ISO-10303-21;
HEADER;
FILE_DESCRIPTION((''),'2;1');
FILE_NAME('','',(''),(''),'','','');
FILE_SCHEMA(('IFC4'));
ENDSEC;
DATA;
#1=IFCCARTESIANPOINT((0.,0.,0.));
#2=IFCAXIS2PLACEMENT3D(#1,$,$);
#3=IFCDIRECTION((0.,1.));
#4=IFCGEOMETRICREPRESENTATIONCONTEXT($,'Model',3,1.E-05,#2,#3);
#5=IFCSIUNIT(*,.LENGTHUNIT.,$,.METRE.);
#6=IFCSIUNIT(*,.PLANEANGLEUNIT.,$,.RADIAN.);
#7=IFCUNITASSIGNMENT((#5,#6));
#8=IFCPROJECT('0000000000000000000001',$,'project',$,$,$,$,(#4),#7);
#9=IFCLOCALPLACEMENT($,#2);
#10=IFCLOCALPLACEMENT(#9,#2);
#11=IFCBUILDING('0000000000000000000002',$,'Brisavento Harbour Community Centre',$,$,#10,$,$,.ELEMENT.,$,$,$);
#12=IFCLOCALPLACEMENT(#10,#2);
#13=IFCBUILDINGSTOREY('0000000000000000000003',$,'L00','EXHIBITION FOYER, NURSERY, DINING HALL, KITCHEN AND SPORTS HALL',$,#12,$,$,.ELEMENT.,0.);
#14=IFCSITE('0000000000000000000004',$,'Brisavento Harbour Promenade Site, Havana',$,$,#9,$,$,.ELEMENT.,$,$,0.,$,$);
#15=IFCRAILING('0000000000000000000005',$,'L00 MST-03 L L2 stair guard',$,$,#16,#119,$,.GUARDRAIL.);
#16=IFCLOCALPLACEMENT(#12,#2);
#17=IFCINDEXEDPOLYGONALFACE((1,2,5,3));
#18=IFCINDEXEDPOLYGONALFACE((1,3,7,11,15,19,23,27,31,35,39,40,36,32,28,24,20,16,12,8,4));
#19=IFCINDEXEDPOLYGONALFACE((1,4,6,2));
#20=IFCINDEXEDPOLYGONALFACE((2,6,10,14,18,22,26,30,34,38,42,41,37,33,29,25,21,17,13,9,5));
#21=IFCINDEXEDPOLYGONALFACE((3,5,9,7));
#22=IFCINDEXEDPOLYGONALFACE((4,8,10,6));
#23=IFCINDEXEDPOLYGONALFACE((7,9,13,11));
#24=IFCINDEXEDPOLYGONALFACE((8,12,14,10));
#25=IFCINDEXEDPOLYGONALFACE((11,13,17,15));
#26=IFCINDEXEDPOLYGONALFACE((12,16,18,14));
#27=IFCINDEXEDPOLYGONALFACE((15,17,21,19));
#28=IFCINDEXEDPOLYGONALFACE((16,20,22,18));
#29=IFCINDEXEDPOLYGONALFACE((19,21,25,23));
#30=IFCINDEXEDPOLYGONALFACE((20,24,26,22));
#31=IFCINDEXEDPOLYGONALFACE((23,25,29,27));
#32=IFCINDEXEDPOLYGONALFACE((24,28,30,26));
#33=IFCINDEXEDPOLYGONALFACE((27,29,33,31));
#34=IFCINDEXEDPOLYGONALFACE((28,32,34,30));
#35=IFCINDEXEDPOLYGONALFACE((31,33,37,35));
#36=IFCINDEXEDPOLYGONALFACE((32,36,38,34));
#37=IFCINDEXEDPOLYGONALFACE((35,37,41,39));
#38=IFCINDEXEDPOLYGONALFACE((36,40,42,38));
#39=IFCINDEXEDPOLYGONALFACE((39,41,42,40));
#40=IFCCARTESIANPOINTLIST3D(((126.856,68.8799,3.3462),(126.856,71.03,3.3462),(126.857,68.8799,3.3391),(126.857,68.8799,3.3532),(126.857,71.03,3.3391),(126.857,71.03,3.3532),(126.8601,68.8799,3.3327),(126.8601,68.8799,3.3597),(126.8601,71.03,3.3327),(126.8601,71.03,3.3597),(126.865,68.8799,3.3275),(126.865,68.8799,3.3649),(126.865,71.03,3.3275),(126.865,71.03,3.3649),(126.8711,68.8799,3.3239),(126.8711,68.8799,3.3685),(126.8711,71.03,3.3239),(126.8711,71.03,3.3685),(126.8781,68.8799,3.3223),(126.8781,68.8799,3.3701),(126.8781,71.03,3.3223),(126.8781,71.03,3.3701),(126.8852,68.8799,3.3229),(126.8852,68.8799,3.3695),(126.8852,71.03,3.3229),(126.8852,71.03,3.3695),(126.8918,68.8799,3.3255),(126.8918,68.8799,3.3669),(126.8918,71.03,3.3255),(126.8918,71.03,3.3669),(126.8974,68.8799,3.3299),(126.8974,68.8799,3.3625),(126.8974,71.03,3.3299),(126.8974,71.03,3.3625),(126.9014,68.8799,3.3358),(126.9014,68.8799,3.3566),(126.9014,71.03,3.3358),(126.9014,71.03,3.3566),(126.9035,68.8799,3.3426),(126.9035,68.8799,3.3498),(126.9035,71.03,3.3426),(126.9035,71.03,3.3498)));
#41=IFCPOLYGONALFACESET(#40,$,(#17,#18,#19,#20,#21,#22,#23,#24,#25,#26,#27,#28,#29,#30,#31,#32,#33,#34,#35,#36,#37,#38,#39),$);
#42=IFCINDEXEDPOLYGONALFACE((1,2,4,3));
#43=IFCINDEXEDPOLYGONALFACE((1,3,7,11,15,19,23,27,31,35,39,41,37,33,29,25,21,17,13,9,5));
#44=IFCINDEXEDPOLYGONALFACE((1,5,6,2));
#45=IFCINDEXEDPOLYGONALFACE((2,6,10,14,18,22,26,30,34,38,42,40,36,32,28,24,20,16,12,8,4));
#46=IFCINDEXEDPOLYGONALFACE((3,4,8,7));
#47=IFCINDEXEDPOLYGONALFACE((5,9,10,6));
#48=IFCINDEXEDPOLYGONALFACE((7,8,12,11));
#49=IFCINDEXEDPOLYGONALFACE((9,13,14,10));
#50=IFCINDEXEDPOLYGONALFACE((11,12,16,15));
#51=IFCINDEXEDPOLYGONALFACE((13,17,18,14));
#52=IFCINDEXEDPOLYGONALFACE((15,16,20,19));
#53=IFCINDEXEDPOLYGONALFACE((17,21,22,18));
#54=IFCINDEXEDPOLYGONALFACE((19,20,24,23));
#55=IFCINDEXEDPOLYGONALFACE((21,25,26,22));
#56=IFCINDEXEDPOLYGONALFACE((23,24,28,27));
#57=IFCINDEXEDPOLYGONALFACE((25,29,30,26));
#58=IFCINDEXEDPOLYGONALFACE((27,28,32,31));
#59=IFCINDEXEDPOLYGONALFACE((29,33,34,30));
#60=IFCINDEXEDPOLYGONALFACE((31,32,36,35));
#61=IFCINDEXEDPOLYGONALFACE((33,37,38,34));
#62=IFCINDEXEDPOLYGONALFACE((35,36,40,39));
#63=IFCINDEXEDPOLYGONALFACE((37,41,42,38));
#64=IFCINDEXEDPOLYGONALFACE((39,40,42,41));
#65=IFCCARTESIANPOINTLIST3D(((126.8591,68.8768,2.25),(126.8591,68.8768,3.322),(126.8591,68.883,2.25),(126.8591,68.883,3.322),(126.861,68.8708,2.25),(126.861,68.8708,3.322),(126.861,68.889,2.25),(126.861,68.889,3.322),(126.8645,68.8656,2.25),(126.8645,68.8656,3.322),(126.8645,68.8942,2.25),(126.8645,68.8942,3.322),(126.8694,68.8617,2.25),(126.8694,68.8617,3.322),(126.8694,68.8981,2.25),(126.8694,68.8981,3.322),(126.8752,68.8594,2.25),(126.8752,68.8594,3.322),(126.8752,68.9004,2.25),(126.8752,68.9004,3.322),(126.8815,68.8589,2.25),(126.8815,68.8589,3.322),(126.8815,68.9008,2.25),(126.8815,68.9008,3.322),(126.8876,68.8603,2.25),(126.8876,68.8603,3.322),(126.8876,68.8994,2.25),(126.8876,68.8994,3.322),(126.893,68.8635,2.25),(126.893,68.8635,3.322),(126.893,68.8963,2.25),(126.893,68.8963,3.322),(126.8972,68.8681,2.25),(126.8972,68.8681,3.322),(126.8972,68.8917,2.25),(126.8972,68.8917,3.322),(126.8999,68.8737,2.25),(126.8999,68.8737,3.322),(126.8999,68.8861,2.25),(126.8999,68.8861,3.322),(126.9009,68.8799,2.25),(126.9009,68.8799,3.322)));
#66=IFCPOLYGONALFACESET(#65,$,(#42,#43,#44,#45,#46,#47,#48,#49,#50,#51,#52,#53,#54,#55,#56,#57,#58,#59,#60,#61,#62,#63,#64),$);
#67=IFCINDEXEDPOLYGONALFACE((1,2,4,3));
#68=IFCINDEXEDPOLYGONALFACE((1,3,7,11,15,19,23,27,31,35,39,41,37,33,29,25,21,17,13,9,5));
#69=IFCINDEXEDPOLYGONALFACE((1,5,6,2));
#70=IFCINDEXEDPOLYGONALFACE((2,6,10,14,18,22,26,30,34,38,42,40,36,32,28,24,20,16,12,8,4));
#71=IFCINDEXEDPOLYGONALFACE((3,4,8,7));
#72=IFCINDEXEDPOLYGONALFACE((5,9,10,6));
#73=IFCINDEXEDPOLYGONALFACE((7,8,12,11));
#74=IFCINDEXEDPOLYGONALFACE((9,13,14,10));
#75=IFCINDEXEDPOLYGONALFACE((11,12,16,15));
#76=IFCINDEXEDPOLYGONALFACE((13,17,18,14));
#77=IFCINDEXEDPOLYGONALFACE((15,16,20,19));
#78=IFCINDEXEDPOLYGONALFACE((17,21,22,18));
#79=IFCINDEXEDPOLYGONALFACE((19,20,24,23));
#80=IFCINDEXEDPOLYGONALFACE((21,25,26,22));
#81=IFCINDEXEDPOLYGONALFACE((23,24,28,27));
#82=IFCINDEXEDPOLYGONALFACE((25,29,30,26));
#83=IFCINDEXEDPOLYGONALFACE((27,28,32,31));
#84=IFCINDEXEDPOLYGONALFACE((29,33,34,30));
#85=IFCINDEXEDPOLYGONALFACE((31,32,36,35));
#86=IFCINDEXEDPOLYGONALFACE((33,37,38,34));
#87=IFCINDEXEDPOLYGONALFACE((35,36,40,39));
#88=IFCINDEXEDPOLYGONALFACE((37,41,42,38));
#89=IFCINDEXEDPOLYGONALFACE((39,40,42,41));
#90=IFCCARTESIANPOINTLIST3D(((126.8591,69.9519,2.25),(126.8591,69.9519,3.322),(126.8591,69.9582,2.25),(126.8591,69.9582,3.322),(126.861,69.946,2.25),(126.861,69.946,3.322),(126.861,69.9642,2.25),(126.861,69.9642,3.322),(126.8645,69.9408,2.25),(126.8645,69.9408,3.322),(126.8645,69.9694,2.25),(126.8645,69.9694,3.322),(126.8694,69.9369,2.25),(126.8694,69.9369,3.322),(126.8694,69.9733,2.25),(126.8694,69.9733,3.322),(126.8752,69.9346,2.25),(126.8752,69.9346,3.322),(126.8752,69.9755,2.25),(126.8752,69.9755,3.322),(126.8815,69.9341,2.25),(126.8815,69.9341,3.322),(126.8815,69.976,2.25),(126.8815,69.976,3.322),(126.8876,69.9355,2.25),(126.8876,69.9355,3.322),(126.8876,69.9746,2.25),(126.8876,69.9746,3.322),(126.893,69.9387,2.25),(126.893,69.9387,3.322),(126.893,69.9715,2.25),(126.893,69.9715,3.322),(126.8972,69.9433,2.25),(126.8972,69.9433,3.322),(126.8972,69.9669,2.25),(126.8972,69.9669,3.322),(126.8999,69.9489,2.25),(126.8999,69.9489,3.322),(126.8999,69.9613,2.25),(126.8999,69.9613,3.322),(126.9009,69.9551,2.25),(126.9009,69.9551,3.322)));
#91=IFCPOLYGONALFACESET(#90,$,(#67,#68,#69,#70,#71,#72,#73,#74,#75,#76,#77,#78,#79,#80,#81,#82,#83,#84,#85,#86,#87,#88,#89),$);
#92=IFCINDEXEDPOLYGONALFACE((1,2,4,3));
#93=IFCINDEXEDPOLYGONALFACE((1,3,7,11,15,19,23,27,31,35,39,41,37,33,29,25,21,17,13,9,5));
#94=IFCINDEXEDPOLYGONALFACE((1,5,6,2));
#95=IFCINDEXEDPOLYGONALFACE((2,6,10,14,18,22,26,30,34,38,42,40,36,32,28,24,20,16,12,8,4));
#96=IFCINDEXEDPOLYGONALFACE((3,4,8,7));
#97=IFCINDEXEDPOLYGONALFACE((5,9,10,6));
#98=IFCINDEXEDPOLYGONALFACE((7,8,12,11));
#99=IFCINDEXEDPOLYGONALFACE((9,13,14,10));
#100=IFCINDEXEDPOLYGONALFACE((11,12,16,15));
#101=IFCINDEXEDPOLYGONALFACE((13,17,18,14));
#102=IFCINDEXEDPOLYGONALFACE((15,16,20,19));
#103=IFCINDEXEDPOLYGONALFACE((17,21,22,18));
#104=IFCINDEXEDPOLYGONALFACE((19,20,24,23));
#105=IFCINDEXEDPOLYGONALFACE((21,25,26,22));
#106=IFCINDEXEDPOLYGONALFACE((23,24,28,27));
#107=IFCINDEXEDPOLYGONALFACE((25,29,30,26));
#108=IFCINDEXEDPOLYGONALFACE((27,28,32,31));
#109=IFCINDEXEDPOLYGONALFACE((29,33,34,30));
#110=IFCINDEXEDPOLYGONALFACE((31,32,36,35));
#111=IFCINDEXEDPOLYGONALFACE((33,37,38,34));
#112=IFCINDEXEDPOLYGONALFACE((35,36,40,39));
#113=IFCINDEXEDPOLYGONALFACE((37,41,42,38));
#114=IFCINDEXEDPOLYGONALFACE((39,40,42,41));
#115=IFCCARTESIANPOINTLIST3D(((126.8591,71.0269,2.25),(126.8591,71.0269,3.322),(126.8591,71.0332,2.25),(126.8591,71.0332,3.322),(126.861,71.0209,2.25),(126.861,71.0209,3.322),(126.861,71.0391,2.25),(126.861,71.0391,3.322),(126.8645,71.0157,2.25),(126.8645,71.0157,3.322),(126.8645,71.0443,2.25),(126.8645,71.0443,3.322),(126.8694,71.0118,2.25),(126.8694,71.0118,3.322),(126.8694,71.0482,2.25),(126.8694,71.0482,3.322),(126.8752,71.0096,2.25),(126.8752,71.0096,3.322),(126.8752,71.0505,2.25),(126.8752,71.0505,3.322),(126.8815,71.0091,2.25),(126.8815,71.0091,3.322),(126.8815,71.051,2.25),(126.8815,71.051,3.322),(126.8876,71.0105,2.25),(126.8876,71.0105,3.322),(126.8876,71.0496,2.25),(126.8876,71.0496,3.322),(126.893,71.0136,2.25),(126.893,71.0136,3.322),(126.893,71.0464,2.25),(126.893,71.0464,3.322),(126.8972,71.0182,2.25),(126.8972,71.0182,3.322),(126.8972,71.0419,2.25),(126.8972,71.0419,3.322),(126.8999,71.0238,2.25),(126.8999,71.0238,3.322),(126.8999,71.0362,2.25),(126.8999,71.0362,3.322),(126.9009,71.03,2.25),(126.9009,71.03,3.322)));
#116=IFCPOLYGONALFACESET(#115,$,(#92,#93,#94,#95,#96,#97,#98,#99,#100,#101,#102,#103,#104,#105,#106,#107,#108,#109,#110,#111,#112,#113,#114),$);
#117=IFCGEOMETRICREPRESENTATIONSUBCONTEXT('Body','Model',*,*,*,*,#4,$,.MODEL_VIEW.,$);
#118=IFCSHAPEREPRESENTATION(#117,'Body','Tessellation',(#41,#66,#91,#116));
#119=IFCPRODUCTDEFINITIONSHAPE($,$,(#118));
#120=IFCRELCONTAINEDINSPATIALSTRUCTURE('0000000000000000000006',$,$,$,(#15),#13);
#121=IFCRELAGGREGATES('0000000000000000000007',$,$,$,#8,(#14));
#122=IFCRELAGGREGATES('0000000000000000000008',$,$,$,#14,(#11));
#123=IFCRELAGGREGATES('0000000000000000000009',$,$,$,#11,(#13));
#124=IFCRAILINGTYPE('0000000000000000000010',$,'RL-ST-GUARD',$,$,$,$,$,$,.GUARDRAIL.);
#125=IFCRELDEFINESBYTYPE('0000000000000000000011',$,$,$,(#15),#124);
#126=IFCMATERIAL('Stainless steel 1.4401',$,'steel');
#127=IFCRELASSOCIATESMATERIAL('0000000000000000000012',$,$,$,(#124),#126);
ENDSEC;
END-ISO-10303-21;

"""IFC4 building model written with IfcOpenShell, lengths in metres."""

from ifc_helpers import new_model, si_unit, direction, frame, origin, origin_2d, place, context, subcontext, project, spatial, circle, extrude, material, type_object, element, save


model = new_model("IFC4")

# Units and contexts
model_context = context("Model", 3, precision=1e-05, world=origin(), true_north=direction((0.0, 1.0)))
body_context = subcontext(model_context, "Body", "Model", "MODEL_VIEW")
ifc_project = project(units=[si_unit("LENGTHUNIT", "METRE"), si_unit("PLANEANGLEUNIT", "RADIAN")], contexts=[model_context])

# Site, building, storey
site_placement = place(None, origin())
site = spatial("IfcSite", under=ifc_project, at=site_placement, Name="Brisavento Harbour Promenade Site, Havana", CompositionType="ELEMENT", RefElevation=0.0)
building_placement = place(site_placement, origin())
building = spatial("IfcBuilding", under=site, at=building_placement, Name="Brisavento Harbour Community Centre", CompositionType="ELEMENT")
storey_placement = place(building_placement, origin())
storey = spatial("IfcBuildingStorey", under=building, at=storey_placement, Name="L00", Description="EXHIBITION FOYER, NURSERY, DINING HALL, KITCHEN AND SPORTS HALL", CompositionType="ELEMENT", Elevation=0.0)

# Railing
ifc_material_1 = material(Name="Stainless steel 1.4401", Category="steel")
railing_type = type_object("IfcRailingType", Name="RL-ST-GUARD", PredefinedType="GUARDRAIL", material=ifc_material_1)
railing_1_placement = place(storey_placement, frame((126.8799, 68.8799, 2.25)))
element("IfcRailing", 1, at=railing_1_placement, inside=storey, type_object=railing_type, Name="L00 MST-03 L L2 stair guard", PredefinedType="GUARDRAIL", context=body_context, shape_type="SweptSolid", body=[
    extrude(circle(Radius=0.0239, at=origin_2d()), frame((0.0, 0.0, 1.0962), z_axis=(0.0, 1.0, 0.0), x_axis=(-1.0, 0.0, 0.0)), (0.0, 0.0, 1.0), 2.1501),
    extrude(circle(Radius=0.021, at=origin_2d()), origin(), (0.0, 0.0, 1.0), 1.072),
    extrude(circle(Radius=0.021, at=origin_2d()), frame((0.0, 1.0752, 0.0)), (0.0, 0.0, 1.0), 1.072),
    extrude(circle(Radius=0.021, at=origin_2d()), frame((0.0, 2.1501, 0.0)), (0.0, 0.0, 1.0), 1.072),
])

save(model, "model.ifc")
